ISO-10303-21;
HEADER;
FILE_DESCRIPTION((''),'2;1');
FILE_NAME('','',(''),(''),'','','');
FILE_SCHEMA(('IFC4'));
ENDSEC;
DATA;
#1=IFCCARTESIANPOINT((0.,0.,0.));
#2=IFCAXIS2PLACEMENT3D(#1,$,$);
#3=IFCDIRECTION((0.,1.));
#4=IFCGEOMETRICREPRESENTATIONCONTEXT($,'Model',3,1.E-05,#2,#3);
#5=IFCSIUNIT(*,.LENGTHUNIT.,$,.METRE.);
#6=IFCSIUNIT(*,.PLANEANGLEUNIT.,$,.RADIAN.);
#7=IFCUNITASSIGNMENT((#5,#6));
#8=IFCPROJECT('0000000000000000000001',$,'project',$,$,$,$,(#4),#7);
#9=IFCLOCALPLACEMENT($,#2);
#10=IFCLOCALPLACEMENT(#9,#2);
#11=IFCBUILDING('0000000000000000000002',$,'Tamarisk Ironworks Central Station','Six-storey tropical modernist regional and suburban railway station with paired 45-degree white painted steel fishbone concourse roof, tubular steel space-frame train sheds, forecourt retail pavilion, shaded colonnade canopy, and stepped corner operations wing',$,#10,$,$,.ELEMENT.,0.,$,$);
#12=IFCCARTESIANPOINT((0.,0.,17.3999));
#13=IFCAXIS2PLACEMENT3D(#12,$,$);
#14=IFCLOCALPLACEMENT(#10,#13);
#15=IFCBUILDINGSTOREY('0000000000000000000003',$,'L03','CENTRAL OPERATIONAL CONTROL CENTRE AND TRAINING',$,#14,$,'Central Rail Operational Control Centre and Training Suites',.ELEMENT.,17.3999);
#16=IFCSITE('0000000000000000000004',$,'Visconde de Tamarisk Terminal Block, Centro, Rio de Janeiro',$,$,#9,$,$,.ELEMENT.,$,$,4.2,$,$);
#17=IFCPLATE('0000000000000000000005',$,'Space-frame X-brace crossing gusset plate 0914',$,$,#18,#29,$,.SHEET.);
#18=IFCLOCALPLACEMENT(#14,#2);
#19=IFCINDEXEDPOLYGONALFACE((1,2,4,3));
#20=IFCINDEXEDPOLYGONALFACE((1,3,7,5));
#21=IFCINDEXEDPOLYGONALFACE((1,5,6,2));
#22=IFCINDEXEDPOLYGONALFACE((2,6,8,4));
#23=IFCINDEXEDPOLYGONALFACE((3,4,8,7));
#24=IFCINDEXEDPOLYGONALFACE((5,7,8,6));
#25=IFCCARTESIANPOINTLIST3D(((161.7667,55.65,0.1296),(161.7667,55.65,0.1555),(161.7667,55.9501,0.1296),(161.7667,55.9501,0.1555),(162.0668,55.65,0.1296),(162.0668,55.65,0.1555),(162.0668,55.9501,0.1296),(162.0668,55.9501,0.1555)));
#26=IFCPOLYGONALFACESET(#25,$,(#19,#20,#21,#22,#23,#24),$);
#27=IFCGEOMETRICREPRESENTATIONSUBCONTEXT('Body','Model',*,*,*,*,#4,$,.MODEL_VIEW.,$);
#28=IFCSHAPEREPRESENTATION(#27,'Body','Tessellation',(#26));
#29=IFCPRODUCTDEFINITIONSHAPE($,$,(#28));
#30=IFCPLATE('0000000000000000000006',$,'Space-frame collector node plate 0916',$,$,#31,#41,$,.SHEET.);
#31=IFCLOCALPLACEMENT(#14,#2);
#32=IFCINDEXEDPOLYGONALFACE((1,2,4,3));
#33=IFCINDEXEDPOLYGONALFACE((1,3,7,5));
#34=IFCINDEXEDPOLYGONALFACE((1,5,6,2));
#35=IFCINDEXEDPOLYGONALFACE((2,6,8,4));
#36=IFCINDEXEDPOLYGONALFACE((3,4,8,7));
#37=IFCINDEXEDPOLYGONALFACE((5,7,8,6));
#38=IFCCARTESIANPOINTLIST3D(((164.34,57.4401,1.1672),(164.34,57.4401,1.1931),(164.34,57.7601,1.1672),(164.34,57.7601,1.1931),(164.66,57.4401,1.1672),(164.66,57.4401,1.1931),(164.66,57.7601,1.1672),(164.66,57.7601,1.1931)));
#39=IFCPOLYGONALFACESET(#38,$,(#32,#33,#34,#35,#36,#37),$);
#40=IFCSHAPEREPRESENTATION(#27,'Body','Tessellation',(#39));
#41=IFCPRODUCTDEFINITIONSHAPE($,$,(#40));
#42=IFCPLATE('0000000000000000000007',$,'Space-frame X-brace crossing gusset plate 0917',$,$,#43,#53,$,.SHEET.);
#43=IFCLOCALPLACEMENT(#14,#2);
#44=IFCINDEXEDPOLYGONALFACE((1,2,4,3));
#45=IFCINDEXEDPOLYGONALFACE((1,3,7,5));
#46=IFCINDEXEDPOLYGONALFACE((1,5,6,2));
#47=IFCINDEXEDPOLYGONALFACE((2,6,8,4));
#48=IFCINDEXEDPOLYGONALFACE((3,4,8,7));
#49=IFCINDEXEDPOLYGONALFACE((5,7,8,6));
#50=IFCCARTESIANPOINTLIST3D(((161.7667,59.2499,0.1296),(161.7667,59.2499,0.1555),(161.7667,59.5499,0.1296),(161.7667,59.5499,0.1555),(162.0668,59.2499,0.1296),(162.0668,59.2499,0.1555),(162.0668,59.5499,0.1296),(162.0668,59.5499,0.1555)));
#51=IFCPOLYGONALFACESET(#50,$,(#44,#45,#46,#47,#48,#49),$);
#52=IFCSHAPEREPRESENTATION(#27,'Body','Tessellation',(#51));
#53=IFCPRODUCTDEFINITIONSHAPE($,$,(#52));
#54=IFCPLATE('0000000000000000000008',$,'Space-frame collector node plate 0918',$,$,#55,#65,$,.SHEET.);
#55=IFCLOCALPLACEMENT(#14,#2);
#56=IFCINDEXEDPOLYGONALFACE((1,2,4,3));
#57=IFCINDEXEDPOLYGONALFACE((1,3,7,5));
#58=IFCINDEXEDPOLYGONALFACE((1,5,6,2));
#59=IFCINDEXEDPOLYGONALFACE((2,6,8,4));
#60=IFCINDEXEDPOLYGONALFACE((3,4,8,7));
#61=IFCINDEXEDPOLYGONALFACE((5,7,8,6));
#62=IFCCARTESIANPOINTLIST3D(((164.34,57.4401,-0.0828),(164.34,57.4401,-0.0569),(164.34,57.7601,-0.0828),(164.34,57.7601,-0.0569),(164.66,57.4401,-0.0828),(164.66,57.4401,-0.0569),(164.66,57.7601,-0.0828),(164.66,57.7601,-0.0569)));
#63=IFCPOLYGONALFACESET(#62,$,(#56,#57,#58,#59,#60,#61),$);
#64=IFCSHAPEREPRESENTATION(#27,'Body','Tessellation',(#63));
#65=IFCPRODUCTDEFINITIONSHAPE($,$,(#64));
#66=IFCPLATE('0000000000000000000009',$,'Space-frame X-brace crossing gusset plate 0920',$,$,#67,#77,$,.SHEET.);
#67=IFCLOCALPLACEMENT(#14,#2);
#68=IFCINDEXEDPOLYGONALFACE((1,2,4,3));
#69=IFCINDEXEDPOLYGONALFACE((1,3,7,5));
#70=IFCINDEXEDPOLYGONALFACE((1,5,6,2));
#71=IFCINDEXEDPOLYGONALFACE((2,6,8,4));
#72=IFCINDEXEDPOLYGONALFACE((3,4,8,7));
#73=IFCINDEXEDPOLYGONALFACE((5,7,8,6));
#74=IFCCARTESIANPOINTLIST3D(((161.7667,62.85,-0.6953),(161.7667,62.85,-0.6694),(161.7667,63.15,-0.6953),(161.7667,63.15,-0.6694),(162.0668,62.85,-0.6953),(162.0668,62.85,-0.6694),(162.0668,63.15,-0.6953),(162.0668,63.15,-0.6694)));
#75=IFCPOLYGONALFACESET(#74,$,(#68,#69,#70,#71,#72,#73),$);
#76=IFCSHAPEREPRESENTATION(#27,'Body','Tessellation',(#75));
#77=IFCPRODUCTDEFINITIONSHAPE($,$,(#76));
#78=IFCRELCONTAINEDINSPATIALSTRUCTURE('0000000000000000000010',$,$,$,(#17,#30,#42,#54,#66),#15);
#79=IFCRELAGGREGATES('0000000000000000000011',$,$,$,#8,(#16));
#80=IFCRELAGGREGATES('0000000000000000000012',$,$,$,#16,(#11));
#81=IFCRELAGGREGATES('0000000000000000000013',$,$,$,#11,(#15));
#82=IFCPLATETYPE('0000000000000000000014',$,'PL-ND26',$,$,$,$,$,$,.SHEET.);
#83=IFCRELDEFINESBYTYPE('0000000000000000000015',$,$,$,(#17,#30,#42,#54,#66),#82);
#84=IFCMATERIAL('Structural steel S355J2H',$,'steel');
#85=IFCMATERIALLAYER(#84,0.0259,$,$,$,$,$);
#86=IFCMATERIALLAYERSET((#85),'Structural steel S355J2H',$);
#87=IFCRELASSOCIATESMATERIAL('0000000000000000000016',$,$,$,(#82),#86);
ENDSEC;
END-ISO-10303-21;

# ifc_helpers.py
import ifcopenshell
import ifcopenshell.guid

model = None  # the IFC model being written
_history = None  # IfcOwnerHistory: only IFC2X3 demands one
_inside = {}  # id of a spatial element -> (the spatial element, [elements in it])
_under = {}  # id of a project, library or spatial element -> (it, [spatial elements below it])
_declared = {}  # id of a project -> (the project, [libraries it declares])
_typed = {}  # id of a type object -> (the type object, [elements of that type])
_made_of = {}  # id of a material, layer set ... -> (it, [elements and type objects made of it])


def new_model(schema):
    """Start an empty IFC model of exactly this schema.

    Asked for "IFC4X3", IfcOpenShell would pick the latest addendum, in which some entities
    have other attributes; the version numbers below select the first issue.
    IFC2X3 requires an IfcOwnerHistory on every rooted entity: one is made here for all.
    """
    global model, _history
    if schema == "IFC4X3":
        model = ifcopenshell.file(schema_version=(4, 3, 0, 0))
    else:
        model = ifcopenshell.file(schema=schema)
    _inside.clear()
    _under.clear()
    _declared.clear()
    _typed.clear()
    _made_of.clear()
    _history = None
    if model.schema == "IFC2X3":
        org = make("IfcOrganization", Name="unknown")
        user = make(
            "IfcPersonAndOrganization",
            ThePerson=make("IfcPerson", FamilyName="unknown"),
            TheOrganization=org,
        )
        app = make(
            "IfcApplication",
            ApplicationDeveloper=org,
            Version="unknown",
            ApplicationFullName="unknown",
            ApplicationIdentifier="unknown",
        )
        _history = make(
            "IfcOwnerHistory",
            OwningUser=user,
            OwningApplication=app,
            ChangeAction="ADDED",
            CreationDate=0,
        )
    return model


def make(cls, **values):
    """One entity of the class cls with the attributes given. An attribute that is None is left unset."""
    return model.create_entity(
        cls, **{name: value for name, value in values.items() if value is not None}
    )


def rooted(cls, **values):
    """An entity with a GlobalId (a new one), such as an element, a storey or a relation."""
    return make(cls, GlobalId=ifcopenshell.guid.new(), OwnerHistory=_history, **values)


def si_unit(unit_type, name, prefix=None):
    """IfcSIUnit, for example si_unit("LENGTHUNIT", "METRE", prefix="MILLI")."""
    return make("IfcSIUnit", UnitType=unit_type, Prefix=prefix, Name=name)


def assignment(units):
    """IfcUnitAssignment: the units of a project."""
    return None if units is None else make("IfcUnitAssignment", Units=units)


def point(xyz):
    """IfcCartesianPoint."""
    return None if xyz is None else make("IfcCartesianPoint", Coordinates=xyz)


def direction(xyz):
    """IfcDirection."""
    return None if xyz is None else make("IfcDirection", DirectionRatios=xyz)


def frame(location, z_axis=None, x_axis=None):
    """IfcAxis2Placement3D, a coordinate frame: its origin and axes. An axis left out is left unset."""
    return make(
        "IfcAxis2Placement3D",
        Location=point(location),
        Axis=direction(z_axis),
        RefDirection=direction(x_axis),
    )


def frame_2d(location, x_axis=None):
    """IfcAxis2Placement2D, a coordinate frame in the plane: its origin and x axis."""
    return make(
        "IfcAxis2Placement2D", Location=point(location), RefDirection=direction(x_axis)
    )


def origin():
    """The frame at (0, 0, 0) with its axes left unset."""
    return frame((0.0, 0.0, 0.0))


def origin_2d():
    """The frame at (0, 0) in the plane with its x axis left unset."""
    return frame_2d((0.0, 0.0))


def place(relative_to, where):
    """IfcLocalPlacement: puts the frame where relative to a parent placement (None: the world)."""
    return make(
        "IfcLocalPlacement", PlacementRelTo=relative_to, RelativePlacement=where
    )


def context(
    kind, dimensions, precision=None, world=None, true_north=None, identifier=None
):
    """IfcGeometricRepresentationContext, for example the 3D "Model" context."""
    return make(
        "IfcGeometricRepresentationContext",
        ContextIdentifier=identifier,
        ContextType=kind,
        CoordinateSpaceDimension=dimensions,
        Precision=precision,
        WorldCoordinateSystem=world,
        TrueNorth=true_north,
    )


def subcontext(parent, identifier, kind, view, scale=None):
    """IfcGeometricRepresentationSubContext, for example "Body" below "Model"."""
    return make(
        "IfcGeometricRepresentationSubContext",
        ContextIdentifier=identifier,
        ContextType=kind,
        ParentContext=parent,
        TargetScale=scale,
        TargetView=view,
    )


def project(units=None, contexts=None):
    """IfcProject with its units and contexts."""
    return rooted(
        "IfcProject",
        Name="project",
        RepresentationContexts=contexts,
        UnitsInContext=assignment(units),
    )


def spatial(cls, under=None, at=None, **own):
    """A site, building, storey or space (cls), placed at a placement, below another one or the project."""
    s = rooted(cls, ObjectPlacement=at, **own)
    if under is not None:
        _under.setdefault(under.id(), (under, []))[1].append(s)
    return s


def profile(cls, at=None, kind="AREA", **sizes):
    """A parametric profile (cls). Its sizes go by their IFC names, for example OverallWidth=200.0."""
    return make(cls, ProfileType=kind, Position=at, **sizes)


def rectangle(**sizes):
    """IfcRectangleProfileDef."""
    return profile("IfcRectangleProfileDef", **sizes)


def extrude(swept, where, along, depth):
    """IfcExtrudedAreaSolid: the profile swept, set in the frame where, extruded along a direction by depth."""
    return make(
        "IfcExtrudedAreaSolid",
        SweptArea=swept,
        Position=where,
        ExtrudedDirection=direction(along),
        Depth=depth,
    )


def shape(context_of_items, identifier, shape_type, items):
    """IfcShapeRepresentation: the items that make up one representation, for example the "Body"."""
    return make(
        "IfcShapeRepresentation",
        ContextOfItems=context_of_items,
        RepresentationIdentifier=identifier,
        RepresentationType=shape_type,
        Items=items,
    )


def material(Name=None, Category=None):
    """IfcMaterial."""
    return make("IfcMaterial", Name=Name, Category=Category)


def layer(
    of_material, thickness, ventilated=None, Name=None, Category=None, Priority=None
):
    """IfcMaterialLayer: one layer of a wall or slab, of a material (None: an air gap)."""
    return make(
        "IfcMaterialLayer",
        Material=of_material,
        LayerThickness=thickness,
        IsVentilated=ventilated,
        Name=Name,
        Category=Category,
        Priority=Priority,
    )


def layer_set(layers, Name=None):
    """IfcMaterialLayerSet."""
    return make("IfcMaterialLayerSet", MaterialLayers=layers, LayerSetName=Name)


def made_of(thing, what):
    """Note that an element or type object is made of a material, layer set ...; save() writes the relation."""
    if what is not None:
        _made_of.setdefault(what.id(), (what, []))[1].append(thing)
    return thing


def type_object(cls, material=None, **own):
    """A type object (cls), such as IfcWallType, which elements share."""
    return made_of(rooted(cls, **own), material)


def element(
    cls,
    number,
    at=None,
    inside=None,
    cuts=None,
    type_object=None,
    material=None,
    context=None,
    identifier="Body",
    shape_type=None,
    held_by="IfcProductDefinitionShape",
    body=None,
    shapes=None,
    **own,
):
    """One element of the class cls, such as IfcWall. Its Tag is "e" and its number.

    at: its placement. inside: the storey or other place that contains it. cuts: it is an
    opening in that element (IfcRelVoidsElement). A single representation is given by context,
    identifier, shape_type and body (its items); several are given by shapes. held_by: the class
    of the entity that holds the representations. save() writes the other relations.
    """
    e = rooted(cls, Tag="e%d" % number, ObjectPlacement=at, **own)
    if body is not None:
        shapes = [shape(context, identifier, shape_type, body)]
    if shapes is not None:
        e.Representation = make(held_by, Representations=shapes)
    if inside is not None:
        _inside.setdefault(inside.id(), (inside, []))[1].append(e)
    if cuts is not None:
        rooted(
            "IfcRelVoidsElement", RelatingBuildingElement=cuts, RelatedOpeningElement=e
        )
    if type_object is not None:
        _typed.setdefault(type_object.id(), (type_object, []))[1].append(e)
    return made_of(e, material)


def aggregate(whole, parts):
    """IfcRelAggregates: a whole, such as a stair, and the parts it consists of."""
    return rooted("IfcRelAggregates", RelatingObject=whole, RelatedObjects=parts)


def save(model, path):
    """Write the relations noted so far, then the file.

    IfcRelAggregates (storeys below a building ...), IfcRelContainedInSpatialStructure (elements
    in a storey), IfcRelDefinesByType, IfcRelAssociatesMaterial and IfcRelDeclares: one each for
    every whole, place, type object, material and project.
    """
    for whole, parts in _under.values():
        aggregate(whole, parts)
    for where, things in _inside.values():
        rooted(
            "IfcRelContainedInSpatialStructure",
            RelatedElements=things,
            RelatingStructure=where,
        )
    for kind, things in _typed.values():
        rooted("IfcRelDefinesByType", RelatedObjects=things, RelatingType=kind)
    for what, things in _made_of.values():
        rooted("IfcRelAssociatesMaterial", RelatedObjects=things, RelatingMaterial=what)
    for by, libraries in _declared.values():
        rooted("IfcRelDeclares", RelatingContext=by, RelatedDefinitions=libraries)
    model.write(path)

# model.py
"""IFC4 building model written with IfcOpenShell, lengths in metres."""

from ifc_helpers import new_model, si_unit, direction, frame, origin, origin_2d, place, context, subcontext, project, spatial, rectangle, extrude, material, layer, layer_set, type_object, element, save


model = new_model("IFC4")

# Units and contexts
model_context = context("Model", 3, precision=1e-05, world=origin(), true_north=direction((0.0, 1.0)))
body_context = subcontext(model_context, "Body", "Model", "MODEL_VIEW")
ifc_project = project(units=[si_unit("LENGTHUNIT", "METRE"), si_unit("PLANEANGLEUNIT", "RADIAN")], contexts=[model_context])

# Site, building, storey
site_placement = place(None, origin())
site = spatial("IfcSite", under=ifc_project, at=site_placement, Name="Visconde de Tamarisk Terminal Block, Centro, Rio de Janeiro", CompositionType="ELEMENT", RefElevation=4.2)
building_placement = place(site_placement, origin())
building = spatial("IfcBuilding", under=site, at=building_placement, Name="Tamarisk Ironworks Central Station", Description="Six-storey tropical modernist regional and suburban railway station with paired 45-degree white painted steel fishbone concourse roof, tubular steel space-frame train sheds, forecourt retail pavilion, shaded colonnade canopy, and stepped corner operations wing", CompositionType="ELEMENT", ElevationOfRefHeight=0.0)
storey_placement = place(building_placement, frame((0.0, 0.0, 17.3999)))
storey = spatial("IfcBuildingStorey", under=building, at=storey_placement, Name="L03", Description="CENTRAL OPERATIONAL CONTROL CENTRE AND TRAINING", LongName="Central Rail Operational Control Centre and Training Suites", CompositionType="ELEMENT", Elevation=17.3999)

# Shared definitions
ifc_material = material(Name="Structural steel S355J2H", Category="steel")

# Plates
ifc_layer = layer(ifc_material, 0.0259)
ifc_layer_set = layer_set([ifc_layer], Name="Structural steel S355J2H")
plate_type = type_object("IfcPlateType", Name="PL-ND26", PredefinedType="SHEET", material=ifc_layer_set)
plate_1_placement = place(storey_placement, frame((161.9167, 55.8, 0.1296), z_axis=(0.0, 0.0, 1.0), x_axis=(1.0, 0.0, 0.0)))
element("IfcPlate", 1, at=plate_1_placement, inside=storey, type_object=plate_type, Name="Space-frame X-brace crossing gusset plate 0914", PredefinedType="SHEET", context=body_context, shape_type="SweptSolid", body=[
    extrude(rectangle(XDim=0.3, YDim=0.3, at=origin_2d()), origin(), (0.0, 0.0, 1.0), 0.0259),
])
plate_2_placement = place(storey_placement, frame((164.5, 57.6001, 1.1672), z_axis=(0.0, 0.0, 1.0), x_axis=(1.0, 0.0, 0.0)))
element("IfcPlate", 2, at=plate_2_placement, inside=storey, type_object=plate_type, Name="Space-frame collector node plate 0916", PredefinedType="SHEET", context=body_context, shape_type="SweptSolid", body=[
    extrude(rectangle(XDim=0.3201, YDim=0.3201, at=origin_2d()), origin(), (0.0, 0.0, 1.0), 0.0259),
])
plate_3_placement = place(storey_placement, frame((161.9167, 59.3999, 0.1296), z_axis=(0.0, 0.0, 1.0), x_axis=(1.0, 0.0, 0.0)))
element("IfcPlate", 3, at=plate_3_placement, inside=storey, type_object=plate_type, Name="Space-frame X-brace crossing gusset plate 0917", PredefinedType="SHEET", context=body_context, shape_type="SweptSolid", body=[
    extrude(rectangle(XDim=0.3, YDim=0.3, at=origin_2d()), origin(), (0.0, 0.0, 1.0), 0.0259),
])
plate_4_placement = place(storey_placement, frame((164.5, 57.6001, -0.0828), z_axis=(0.0, 0.0, 1.0), x_axis=(1.0, 0.0, 0.0)))
element("IfcPlate", 4, at=plate_4_placement, inside=storey, type_object=plate_type, Name="Space-frame collector node plate 0918", PredefinedType="SHEET", context=body_context, shape_type="SweptSolid", body=[
    extrude(rectangle(XDim=0.3201, YDim=0.3201, at=origin_2d()), origin(), (0.0, 0.0, 1.0), 0.0259),
])
plate_5_placement = place(storey_placement, frame((161.9167, 63.0, -0.6953), z_axis=(0.0, 0.0, 1.0), x_axis=(1.0, 0.0, 0.0)))
element("IfcPlate", 5, at=plate_5_placement, inside=storey, type_object=plate_type, Name="Space-frame X-brace crossing gusset plate 0920", PredefinedType="SHEET", context=body_context, shape_type="SweptSolid", body=[
    extrude(rectangle(XDim=0.3, YDim=0.3, at=origin_2d()), origin(), (0.0, 0.0, 1.0), 0.0259),
])

save(model, "model.ifc")
